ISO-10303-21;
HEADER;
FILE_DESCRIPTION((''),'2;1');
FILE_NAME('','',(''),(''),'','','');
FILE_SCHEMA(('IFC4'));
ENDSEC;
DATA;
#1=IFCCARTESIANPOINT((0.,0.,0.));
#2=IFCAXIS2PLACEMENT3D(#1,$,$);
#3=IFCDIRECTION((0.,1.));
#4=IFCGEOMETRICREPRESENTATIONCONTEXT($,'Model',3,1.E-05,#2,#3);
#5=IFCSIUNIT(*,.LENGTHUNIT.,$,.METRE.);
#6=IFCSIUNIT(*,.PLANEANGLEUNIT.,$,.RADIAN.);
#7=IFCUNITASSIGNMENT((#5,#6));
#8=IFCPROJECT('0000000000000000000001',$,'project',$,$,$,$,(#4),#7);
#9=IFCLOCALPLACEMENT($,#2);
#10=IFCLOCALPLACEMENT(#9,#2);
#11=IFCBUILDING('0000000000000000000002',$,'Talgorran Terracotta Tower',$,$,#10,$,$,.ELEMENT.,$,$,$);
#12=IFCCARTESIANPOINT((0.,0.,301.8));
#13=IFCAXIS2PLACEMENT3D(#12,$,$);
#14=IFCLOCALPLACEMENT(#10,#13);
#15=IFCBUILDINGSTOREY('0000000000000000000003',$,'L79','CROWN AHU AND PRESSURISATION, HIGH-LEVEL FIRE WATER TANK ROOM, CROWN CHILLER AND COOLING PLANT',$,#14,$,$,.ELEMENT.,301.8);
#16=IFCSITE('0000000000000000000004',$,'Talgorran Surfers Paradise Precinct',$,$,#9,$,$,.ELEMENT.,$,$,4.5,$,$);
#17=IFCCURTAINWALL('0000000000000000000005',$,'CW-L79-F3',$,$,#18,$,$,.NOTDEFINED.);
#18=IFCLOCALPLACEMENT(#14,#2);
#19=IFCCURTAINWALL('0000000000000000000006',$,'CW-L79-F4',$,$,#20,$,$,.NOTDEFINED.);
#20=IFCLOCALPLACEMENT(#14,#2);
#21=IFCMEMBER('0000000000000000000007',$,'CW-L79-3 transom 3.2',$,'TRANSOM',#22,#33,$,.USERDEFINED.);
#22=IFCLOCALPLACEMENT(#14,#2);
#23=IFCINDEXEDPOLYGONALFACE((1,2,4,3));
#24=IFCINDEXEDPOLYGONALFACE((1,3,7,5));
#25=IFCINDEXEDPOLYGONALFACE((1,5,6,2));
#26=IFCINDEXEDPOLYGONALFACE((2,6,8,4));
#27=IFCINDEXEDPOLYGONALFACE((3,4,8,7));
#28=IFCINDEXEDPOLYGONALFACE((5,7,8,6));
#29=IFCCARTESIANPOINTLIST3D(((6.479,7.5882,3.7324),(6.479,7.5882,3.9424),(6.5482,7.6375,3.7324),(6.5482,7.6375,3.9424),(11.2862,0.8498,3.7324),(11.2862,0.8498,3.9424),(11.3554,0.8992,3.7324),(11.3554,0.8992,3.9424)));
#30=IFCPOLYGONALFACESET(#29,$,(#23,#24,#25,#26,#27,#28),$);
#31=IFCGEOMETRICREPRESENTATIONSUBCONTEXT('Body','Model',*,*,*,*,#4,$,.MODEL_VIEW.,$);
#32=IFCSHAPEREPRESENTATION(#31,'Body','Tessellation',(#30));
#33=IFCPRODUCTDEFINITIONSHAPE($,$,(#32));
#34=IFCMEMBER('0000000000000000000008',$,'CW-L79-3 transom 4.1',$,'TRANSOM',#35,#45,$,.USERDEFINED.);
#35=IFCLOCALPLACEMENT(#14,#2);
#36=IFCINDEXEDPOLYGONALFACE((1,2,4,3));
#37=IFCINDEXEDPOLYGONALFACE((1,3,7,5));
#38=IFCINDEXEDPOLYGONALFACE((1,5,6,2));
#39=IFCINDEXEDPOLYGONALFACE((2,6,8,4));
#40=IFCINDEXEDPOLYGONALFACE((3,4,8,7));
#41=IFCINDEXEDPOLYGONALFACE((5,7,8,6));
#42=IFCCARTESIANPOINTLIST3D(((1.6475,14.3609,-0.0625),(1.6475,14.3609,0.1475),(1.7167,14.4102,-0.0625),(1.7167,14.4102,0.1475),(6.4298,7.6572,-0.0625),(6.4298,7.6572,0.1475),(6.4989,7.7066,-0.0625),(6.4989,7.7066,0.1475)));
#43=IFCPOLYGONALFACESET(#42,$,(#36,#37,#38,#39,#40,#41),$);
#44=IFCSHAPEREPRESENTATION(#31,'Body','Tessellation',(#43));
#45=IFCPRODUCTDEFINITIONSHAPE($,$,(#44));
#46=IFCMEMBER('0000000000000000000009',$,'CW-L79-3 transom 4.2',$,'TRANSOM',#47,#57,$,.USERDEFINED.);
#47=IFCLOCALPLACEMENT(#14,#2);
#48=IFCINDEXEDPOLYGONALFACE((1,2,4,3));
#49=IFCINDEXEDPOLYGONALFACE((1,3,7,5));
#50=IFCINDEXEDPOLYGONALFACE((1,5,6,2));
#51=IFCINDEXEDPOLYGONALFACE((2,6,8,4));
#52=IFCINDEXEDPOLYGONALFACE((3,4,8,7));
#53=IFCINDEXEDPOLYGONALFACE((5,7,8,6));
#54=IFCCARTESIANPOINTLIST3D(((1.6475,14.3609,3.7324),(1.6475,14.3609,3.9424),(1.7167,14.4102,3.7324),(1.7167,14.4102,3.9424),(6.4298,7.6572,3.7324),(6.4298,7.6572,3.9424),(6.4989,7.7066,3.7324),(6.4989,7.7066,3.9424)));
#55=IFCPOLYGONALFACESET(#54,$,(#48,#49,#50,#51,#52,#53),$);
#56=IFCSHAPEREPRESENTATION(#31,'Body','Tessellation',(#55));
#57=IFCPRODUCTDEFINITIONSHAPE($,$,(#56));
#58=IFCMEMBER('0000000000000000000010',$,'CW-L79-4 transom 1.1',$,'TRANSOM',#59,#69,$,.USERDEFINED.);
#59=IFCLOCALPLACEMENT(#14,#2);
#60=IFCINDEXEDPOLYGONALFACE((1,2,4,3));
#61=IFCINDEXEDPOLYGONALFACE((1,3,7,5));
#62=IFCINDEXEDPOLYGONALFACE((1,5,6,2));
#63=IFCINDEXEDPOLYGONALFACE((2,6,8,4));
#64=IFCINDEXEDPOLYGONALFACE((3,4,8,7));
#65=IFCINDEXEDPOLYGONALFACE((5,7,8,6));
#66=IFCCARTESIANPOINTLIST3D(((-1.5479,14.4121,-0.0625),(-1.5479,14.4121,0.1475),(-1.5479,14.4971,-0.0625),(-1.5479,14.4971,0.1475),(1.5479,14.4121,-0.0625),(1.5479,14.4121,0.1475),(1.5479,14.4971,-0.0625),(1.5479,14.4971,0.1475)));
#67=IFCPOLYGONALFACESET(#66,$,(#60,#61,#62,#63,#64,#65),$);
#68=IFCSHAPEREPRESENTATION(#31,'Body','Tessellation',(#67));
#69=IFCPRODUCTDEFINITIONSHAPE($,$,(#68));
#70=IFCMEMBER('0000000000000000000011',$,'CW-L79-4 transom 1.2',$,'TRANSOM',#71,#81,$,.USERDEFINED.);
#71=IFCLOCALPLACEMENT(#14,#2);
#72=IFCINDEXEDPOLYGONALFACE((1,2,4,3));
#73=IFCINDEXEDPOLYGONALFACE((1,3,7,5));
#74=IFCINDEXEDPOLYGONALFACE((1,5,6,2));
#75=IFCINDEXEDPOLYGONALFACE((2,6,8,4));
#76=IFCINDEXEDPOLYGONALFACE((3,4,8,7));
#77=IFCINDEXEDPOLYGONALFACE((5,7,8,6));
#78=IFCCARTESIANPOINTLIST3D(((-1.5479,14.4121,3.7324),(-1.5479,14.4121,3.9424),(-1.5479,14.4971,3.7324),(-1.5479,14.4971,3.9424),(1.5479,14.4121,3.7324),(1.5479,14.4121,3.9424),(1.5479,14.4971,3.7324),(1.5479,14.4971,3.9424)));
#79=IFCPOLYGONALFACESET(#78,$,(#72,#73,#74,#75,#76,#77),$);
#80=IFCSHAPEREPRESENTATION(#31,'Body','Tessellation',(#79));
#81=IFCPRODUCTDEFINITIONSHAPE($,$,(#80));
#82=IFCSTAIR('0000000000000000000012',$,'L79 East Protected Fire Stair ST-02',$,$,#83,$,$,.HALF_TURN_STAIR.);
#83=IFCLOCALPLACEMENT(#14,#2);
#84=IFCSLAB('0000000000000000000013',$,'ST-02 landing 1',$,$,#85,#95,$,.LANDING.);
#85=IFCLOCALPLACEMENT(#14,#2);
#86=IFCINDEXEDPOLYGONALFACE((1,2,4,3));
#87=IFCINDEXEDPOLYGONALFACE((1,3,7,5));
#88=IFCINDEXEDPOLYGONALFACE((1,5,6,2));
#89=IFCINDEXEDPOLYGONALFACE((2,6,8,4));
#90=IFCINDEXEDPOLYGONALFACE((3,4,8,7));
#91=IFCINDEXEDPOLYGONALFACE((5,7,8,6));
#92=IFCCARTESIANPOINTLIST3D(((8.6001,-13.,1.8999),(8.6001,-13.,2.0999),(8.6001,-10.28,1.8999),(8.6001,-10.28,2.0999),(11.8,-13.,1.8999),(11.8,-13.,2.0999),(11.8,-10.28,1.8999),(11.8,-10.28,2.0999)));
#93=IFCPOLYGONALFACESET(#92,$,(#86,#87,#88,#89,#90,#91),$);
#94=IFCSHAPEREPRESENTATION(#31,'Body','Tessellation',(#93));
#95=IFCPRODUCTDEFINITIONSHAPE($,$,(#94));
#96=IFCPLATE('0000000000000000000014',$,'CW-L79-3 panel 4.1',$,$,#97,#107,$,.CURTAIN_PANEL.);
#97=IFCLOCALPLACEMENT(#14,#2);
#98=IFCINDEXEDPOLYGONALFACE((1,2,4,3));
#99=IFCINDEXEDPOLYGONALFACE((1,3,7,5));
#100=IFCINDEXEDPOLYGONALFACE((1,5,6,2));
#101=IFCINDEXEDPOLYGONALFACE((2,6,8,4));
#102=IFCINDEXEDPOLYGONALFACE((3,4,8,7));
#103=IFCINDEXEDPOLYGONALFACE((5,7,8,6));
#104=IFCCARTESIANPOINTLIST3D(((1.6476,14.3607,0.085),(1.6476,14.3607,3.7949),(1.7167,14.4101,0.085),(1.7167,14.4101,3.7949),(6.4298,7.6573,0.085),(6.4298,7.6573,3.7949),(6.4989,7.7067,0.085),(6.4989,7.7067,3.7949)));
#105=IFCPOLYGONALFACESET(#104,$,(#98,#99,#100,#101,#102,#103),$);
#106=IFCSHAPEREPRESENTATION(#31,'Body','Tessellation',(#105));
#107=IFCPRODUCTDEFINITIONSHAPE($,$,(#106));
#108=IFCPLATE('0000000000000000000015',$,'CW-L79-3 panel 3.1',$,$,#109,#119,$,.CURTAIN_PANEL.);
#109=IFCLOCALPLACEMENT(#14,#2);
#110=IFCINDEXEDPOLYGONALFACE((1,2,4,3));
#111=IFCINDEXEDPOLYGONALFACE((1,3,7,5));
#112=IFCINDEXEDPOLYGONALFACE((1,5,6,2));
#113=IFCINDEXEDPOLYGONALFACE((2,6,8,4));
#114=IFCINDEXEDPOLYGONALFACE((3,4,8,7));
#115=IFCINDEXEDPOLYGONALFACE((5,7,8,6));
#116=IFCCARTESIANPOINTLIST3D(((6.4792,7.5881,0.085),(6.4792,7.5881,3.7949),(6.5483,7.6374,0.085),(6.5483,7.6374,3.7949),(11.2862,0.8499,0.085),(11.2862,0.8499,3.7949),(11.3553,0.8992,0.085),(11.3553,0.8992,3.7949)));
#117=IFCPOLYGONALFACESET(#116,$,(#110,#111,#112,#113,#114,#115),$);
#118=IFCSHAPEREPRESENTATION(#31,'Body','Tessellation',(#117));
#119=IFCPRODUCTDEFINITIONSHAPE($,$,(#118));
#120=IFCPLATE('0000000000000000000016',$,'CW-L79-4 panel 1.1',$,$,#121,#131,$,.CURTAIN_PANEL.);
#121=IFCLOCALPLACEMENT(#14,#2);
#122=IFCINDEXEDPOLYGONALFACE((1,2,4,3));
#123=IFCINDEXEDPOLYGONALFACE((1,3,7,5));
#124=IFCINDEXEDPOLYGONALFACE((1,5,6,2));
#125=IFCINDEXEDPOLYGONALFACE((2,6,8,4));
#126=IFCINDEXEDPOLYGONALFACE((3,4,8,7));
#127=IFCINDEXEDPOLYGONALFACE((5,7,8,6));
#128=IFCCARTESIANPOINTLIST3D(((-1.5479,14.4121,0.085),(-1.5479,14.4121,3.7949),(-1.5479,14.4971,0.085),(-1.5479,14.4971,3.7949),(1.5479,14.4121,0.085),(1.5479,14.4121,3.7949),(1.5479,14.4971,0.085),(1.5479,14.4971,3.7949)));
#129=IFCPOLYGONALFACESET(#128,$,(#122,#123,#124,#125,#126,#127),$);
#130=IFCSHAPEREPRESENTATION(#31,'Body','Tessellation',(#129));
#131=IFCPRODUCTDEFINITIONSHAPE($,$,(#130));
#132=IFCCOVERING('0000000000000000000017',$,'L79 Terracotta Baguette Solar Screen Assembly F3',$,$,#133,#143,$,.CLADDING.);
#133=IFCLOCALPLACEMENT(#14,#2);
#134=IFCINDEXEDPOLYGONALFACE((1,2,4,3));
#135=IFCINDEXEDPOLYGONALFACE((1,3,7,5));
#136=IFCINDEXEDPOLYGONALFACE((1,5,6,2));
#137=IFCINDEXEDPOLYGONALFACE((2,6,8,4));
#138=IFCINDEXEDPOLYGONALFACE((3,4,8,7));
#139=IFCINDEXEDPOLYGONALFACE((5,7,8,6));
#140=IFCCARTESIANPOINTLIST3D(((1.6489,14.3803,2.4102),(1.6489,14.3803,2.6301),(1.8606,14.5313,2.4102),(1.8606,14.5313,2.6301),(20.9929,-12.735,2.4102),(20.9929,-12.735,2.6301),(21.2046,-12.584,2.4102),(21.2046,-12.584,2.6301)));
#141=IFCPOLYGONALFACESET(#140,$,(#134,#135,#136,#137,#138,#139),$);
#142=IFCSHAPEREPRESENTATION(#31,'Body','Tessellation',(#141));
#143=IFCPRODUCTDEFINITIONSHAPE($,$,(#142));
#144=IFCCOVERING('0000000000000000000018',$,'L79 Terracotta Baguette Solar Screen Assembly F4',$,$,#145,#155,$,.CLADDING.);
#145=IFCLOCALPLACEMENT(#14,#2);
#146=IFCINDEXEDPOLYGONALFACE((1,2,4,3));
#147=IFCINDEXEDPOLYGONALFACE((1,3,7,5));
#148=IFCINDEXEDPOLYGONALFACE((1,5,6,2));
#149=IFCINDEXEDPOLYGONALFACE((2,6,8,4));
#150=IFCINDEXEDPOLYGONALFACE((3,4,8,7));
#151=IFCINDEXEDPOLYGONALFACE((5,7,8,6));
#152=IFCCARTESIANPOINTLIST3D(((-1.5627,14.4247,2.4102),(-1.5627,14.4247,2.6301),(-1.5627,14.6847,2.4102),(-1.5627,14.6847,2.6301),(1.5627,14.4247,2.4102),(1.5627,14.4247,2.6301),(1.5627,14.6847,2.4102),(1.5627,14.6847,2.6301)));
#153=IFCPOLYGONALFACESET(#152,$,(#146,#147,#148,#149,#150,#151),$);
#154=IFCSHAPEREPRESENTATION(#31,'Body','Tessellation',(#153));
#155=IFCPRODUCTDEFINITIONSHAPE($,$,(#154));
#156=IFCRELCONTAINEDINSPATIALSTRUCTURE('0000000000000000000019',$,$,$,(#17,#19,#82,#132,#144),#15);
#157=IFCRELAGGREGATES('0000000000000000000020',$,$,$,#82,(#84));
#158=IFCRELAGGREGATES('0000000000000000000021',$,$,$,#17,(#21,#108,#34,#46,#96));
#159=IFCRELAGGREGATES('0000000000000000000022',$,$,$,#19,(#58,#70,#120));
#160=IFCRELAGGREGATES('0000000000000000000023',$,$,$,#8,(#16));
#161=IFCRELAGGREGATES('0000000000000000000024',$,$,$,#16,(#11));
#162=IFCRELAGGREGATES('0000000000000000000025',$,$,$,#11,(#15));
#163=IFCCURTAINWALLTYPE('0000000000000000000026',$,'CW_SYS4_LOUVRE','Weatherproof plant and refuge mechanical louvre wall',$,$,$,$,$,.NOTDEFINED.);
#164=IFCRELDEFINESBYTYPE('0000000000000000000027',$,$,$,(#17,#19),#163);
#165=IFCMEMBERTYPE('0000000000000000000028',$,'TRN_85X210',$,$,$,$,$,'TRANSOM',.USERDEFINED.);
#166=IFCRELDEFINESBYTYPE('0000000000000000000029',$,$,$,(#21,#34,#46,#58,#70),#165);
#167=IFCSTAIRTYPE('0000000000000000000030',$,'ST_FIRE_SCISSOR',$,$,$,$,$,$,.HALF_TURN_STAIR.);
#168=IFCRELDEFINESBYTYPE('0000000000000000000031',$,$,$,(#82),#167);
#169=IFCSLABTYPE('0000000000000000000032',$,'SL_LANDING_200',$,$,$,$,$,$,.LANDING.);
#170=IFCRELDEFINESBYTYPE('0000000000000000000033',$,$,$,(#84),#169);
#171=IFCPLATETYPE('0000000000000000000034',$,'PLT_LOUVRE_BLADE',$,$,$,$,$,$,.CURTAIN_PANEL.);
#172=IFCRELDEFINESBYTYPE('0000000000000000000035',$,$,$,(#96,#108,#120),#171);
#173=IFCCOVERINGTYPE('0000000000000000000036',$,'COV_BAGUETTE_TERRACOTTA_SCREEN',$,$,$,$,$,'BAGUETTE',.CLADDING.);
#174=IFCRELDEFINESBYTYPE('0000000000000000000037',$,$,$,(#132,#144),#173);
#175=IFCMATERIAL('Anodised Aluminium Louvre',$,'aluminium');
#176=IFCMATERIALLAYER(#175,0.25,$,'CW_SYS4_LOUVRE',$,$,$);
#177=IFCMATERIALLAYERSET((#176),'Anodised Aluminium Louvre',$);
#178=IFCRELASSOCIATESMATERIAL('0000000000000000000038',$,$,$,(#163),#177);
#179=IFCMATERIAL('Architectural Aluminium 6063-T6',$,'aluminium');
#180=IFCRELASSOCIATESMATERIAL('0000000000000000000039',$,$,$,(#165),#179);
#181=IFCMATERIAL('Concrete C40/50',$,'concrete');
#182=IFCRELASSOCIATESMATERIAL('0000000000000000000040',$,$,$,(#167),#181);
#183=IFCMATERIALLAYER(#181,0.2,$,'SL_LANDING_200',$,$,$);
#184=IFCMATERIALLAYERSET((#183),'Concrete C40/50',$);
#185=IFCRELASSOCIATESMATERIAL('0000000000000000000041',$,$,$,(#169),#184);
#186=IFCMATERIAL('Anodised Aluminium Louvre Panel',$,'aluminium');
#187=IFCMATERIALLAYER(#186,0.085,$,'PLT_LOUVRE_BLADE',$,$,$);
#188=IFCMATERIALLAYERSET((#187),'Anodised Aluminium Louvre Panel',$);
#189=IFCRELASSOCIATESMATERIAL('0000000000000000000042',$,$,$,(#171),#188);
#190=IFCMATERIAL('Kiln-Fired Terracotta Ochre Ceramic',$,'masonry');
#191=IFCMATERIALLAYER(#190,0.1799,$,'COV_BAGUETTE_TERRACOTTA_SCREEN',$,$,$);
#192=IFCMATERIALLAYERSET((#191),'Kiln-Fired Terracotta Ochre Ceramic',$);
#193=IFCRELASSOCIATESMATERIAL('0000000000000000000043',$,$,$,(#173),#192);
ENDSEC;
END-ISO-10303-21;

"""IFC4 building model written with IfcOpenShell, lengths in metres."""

from ifc_helpers import new_model, si_unit, direction, frame, origin, origin_2d, place, context, subcontext, project, spatial, polyline, rectangle, outline, extrude, source, transform, mapped, material, layer, layer_set, material_profile, profile_set, type_object, type_shapes, element, aggregate, save


model = new_model("IFC4")

# Units and contexts
model_context = context("Model", 3, precision=1e-05, world=origin(), true_north=direction((0.0, 1.0)))
body_context = subcontext(model_context, "Body", "Model", "MODEL_VIEW")
ifc_project = project(units=[si_unit("LENGTHUNIT", "METRE"), si_unit("PLANEANGLEUNIT", "RADIAN")], contexts=[model_context])

# Site, building, storey
site_placement = place(None, origin())
site = spatial("IfcSite", under=ifc_project, at=site_placement, Name="Talgorran Surfers Paradise Precinct", CompositionType="ELEMENT", RefElevation=4.5)
building_placement = place(site_placement, origin())
building = spatial("IfcBuilding", under=site, at=building_placement, Name="Talgorran Terracotta Tower", CompositionType="ELEMENT")
storey_placement = place(building_placement, frame((0.0, 0.0, 301.8)))
storey = spatial("IfcBuildingStorey", under=building, at=storey_placement, Name="L79", Description="CROWN AHU AND PRESSURISATION, HIGH-LEVEL FIRE WATER TANK ROOM, CROWN CHILLER AND COOLING PLANT", CompositionType="ELEMENT", Elevation=301.8)

# Curtain wall
ifc_material_1 = material(Name="Anodised Aluminium Louvre", Category="aluminium")
ifc_layer_1 = layer(ifc_material_1, 0.25, Name="CW_SYS4_LOUVRE")
ifc_layer_set_1 = layer_set([ifc_layer_1], Name="Anodised Aluminium Louvre")
curtain_wall_type = type_object("IfcCurtainWallType", Name="CW_SYS4_LOUVRE", Description="Weatherproof plant and refuge mechanical louvre wall", PredefinedType="NOTDEFINED", material=ifc_layer_set_1)
curtain_wall_1_placement = place(storey_placement, origin())
curtain_wall_1 = element("IfcCurtainWall", 1, at=curtain_wall_1_placement, inside=storey, type_object=curtain_wall_type, Name="CW-L79-F3", PredefinedType="NOTDEFINED")
ifc_material_2 = material(Name="Architectural Aluminium 6063-T6", Category="aluminium")

# Curtain wall
curtain_wall_2_placement = place(storey_placement, origin())
curtain_wall_2 = element("IfcCurtainWall", 2, at=curtain_wall_2_placement, inside=storey, type_object=curtain_wall_type, Name="CW-L79-F4", PredefinedType="NOTDEFINED")

# Members
ifc_material_profile_1 = material_profile(ifc_material_2, rectangle(XDim=0.085, YDim=0.21, at=origin_2d()), Name="CWT85X210")
ifc_profile_set_1 = profile_set([ifc_material_profile_1], Name="Architectural Aluminium 6063-T6")
member_type_1 = type_object("IfcMemberType", Name="TRN_85X210", ElementType="TRANSOM", PredefinedType="USERDEFINED", material=ifc_profile_set_1)
member_1_placement = place(storey_placement, frame((11.3208, 0.8745, 3.8374), z_axis=(-0.580764, 0.814072, 0.0), x_axis=(-0.814072, -0.580764, 0.0)))
member_1 = element("IfcMember", 3, at=member_1_placement, type_object=member_type_1, Name="CW-L79-3 transom 3.2", ObjectType="TRANSOM", PredefinedType="USERDEFINED", context=body_context, shape_type="SweptSolid", body=[
    extrude(rectangle(XDim=0.085, YDim=0.21, at=origin_2d()), origin(), (0.0, 0.0, 1.0), 8.2773),
])
member_2_placement = place(storey_placement, frame((6.4644, 7.6819, 0.0425), z_axis=(-0.58075, 0.814082, 0.0), x_axis=(-0.814082, -0.58075, 0.0)))
member_2 = element("IfcMember", 4, at=member_2_placement, type_object=member_type_1, Name="CW-L79-3 transom 4.1", ObjectType="TRANSOM", PredefinedType="USERDEFINED", context=body_context, shape_type="SweptSolid", body=[
    extrude(rectangle(XDim=0.085, YDim=0.21, at=origin_2d()), origin(), (0.0, 0.0, 1.0), 8.2346),
])
member_3_placement = place(storey_placement, frame((6.4644, 7.6819, 3.8374), z_axis=(-0.58075, 0.814082, 0.0), x_axis=(-0.814082, -0.58075, 0.0)))
member_3 = element("IfcMember", 5, at=member_3_placement, type_object=member_type_1, Name="CW-L79-3 transom 4.2", ObjectType="TRANSOM", PredefinedType="USERDEFINED", context=body_context, shape_type="SweptSolid", body=[
    extrude(rectangle(XDim=0.085, YDim=0.21, at=origin_2d()), origin(), (0.0, 0.0, 1.0), 8.2346),
])
member_4_placement = place(storey_placement, frame((1.5479, 14.4546, 0.0425), z_axis=(-1.0, 0.0, 0.0), x_axis=(0.0, -1.0, 0.0)))
member_4 = element("IfcMember", 6, at=member_4_placement, type_object=member_type_1, Name="CW-L79-4 transom 1.1", ObjectType="TRANSOM", PredefinedType="USERDEFINED", context=body_context, shape_type="SweptSolid", body=[
    extrude(rectangle(XDim=0.085, YDim=0.21, at=origin_2d()), origin(), (0.0, 0.0, 1.0), 3.0957),
])
member_5_placement = place(storey_placement, frame((1.5479, 14.4546, 3.8374), z_axis=(-1.0, 0.0, 0.0), x_axis=(0.0, -1.0, 0.0)))
member_5 = element("IfcMember", 7, at=member_5_placement, type_object=member_type_1, Name="CW-L79-4 transom 1.2", ObjectType="TRANSOM", PredefinedType="USERDEFINED", context=body_context, shape_type="SweptSolid", body=[
    extrude(rectangle(XDim=0.085, YDim=0.21, at=origin_2d()), origin(), (0.0, 0.0, 1.0), 3.0957),
])

# Stair, slab
ifc_material_3 = material(Name="Concrete C40/50", Category="concrete")
stair_type = type_object("IfcStairType", Name="ST_FIRE_SCISSOR", PredefinedType="HALF_TURN_STAIR", material=ifc_material_3)
stair_placement = place(storey_placement, origin())
stair = element("IfcStair", 8, at=stair_placement, inside=storey, type_object=stair_type, Name="L79 East Protected Fire Stair ST-02", PredefinedType="HALF_TURN_STAIR")
ifc_layer_2 = layer(ifc_material_3, 0.2, Name="SL_LANDING_200")
ifc_layer_set_2 = layer_set([ifc_layer_2], Name="Concrete C40/50")
slab_type = type_object("IfcSlabType", Name="SL_LANDING_200", PredefinedType="LANDING", material=ifc_layer_set_2)
slab_placement = place(storey_placement, frame((0.0, 0.0, 1.8999)))
slab = element("IfcSlab", 9, at=slab_placement, type_object=slab_type, Name="ST-02 landing 1", PredefinedType="LANDING", context=body_context, shape_type="SweptSolid", body=[
    extrude(outline(polyline([(8.6001, -10.28), (8.6001, -13.0), (11.8, -13.0), (11.8, -10.28), (8.6001, -10.28)])), origin(), (0.0, 0.0, 1.0), 0.2),
])
aggregate(stair, [slab])

# Plates
ifc_material_4 = material(Name="Anodised Aluminium Louvre Panel", Category="aluminium")
ifc_layer_3 = layer(ifc_material_4, 0.085, Name="PLT_LOUVRE_BLADE")
ifc_layer_set_3 = layer_set([ifc_layer_3], Name="Anodised Aluminium Louvre Panel")
plate_type = type_object("IfcPlateType", Name="PLT_LOUVRE_BLADE", PredefinedType="CURTAIN_PANEL", material=ifc_layer_set_3)
shared_shape_1 = source(origin(), body_context, "Body", "SweptSolid", [
    extrude(rectangle(XDim=8.2344, YDim=0.085, at=origin_2d()), origin(), (0.0, 0.0, 1.0), 3.71),
])
plate_1_placement = place(storey_placement, frame((4.0732, 11.0337, 0.085), z_axis=(0.0, 0.0, 1.0), x_axis=(-0.580758, 0.814076, 0.0)))
plate_1 = element("IfcPlate", 10, at=plate_1_placement, type_object=plate_type, Name="CW-L79-3 panel 4.1", PredefinedType="CURTAIN_PANEL", context=body_context, shape_type="MappedRepresentation", body=[
    mapped(shared_shape_1, transform((0.0, 0.0, 0.0), scale=1.0)),
])
shared_shape_2 = source(origin(), body_context, "Body", "SweptSolid", [
    extrude(rectangle(XDim=8.2771, YDim=0.085, at=origin_2d()), origin(), (0.0, 0.0, 1.0), 3.71),
])
plate_2_placement = place(storey_placement, frame((8.9172, 4.2437, 0.085), z_axis=(0.0, 0.0, 1.0), x_axis=(-0.580758, 0.814076, 0.0)))
plate_2 = element("IfcPlate", 11, at=plate_2_placement, type_object=plate_type, Name="CW-L79-3 panel 3.1", PredefinedType="CURTAIN_PANEL", context=body_context, shape_type="MappedRepresentation", body=[
    mapped(shared_shape_2, transform((0.0, 0.0, 0.0), scale=1.0)),
])
aggregate(curtain_wall_1, [member_1, plate_2, member_2, member_3, plate_1])
shared_shape_3 = source(origin(), body_context, "Body", "SweptSolid", [
    extrude(rectangle(XDim=3.0957, YDim=0.085, at=origin_2d()), origin(), (0.0, 0.0, 1.0), 3.71),
])
type_shapes(plate_type, [shared_shape_1, shared_shape_2, shared_shape_3])
plate_3_placement = place(storey_placement, frame((0.0, 14.4546, 0.085), z_axis=(0.0, 0.0, 1.0), x_axis=(-1.0, 0.0, 0.0)))
plate_3 = element("IfcPlate", 12, at=plate_3_placement, type_object=plate_type, Name="CW-L79-4 panel 1.1", PredefinedType="CURTAIN_PANEL", context=body_context, shape_type="MappedRepresentation", body=[
    mapped(shared_shape_3, transform((0.0, 0.0, 0.0), scale=1.0)),
])
aggregate(curtain_wall_2, [member_4, member_5, plate_3])

# Coverings
ifc_material_5 = material(Name="Kiln-Fired Terracotta Ochre Ceramic", Category="masonry")
ifc_layer_4 = layer(ifc_material_5, 0.1799, Name="COV_BAGUETTE_TERRACOTTA_SCREEN")
ifc_layer_set_4 = layer_set([ifc_layer_4], Name="Kiln-Fired Terracotta Ochre Ceramic")
covering_type_1 = type_object("IfcCoveringType", Name="COV_BAGUETTE_TERRACOTTA_SCREEN", ElementType="BAGUETTE", PredefinedType="CLADDING", material=ifc_layer_set_4)
covering_1_placement = place(storey_placement, frame((11.4268, 0.8982, 2.4102), z_axis=(0.0, 0.0, 1.0), x_axis=(-0.58076, 0.814075, 0.0)))
element("IfcCovering", 13, at=covering_1_placement, inside=storey, type_object=covering_type_1, Name="L79 Terracotta Baguette Solar Screen Assembly F3", PredefinedType="CLADDING", context=body_context, shape_type="SweptSolid", body=[
    extrude(rectangle(XDim=33.3081, YDim=0.26, at=origin_2d()), origin(), (0.0, 0.0, 1.0), 0.22),
])
covering_2_placement = place(storey_placement, frame((0.0, 14.5547, 2.4102), z_axis=(0.0, 0.0, 1.0), x_axis=(-1.0, 0.0, 0.0)))
element("IfcCovering", 14, at=covering_2_placement, inside=storey, type_object=covering_type_1, Name="L79 Terracotta Baguette Solar Screen Assembly F4", PredefinedType="CLADDING", context=body_context, shape_type="SweptSolid", body=[
    extrude(rectangle(XDim=3.1255, YDim=0.26, at=origin_2d()), origin(), (0.0, 0.0, 1.0), 0.22),
])

save(model, "model.ifc")
